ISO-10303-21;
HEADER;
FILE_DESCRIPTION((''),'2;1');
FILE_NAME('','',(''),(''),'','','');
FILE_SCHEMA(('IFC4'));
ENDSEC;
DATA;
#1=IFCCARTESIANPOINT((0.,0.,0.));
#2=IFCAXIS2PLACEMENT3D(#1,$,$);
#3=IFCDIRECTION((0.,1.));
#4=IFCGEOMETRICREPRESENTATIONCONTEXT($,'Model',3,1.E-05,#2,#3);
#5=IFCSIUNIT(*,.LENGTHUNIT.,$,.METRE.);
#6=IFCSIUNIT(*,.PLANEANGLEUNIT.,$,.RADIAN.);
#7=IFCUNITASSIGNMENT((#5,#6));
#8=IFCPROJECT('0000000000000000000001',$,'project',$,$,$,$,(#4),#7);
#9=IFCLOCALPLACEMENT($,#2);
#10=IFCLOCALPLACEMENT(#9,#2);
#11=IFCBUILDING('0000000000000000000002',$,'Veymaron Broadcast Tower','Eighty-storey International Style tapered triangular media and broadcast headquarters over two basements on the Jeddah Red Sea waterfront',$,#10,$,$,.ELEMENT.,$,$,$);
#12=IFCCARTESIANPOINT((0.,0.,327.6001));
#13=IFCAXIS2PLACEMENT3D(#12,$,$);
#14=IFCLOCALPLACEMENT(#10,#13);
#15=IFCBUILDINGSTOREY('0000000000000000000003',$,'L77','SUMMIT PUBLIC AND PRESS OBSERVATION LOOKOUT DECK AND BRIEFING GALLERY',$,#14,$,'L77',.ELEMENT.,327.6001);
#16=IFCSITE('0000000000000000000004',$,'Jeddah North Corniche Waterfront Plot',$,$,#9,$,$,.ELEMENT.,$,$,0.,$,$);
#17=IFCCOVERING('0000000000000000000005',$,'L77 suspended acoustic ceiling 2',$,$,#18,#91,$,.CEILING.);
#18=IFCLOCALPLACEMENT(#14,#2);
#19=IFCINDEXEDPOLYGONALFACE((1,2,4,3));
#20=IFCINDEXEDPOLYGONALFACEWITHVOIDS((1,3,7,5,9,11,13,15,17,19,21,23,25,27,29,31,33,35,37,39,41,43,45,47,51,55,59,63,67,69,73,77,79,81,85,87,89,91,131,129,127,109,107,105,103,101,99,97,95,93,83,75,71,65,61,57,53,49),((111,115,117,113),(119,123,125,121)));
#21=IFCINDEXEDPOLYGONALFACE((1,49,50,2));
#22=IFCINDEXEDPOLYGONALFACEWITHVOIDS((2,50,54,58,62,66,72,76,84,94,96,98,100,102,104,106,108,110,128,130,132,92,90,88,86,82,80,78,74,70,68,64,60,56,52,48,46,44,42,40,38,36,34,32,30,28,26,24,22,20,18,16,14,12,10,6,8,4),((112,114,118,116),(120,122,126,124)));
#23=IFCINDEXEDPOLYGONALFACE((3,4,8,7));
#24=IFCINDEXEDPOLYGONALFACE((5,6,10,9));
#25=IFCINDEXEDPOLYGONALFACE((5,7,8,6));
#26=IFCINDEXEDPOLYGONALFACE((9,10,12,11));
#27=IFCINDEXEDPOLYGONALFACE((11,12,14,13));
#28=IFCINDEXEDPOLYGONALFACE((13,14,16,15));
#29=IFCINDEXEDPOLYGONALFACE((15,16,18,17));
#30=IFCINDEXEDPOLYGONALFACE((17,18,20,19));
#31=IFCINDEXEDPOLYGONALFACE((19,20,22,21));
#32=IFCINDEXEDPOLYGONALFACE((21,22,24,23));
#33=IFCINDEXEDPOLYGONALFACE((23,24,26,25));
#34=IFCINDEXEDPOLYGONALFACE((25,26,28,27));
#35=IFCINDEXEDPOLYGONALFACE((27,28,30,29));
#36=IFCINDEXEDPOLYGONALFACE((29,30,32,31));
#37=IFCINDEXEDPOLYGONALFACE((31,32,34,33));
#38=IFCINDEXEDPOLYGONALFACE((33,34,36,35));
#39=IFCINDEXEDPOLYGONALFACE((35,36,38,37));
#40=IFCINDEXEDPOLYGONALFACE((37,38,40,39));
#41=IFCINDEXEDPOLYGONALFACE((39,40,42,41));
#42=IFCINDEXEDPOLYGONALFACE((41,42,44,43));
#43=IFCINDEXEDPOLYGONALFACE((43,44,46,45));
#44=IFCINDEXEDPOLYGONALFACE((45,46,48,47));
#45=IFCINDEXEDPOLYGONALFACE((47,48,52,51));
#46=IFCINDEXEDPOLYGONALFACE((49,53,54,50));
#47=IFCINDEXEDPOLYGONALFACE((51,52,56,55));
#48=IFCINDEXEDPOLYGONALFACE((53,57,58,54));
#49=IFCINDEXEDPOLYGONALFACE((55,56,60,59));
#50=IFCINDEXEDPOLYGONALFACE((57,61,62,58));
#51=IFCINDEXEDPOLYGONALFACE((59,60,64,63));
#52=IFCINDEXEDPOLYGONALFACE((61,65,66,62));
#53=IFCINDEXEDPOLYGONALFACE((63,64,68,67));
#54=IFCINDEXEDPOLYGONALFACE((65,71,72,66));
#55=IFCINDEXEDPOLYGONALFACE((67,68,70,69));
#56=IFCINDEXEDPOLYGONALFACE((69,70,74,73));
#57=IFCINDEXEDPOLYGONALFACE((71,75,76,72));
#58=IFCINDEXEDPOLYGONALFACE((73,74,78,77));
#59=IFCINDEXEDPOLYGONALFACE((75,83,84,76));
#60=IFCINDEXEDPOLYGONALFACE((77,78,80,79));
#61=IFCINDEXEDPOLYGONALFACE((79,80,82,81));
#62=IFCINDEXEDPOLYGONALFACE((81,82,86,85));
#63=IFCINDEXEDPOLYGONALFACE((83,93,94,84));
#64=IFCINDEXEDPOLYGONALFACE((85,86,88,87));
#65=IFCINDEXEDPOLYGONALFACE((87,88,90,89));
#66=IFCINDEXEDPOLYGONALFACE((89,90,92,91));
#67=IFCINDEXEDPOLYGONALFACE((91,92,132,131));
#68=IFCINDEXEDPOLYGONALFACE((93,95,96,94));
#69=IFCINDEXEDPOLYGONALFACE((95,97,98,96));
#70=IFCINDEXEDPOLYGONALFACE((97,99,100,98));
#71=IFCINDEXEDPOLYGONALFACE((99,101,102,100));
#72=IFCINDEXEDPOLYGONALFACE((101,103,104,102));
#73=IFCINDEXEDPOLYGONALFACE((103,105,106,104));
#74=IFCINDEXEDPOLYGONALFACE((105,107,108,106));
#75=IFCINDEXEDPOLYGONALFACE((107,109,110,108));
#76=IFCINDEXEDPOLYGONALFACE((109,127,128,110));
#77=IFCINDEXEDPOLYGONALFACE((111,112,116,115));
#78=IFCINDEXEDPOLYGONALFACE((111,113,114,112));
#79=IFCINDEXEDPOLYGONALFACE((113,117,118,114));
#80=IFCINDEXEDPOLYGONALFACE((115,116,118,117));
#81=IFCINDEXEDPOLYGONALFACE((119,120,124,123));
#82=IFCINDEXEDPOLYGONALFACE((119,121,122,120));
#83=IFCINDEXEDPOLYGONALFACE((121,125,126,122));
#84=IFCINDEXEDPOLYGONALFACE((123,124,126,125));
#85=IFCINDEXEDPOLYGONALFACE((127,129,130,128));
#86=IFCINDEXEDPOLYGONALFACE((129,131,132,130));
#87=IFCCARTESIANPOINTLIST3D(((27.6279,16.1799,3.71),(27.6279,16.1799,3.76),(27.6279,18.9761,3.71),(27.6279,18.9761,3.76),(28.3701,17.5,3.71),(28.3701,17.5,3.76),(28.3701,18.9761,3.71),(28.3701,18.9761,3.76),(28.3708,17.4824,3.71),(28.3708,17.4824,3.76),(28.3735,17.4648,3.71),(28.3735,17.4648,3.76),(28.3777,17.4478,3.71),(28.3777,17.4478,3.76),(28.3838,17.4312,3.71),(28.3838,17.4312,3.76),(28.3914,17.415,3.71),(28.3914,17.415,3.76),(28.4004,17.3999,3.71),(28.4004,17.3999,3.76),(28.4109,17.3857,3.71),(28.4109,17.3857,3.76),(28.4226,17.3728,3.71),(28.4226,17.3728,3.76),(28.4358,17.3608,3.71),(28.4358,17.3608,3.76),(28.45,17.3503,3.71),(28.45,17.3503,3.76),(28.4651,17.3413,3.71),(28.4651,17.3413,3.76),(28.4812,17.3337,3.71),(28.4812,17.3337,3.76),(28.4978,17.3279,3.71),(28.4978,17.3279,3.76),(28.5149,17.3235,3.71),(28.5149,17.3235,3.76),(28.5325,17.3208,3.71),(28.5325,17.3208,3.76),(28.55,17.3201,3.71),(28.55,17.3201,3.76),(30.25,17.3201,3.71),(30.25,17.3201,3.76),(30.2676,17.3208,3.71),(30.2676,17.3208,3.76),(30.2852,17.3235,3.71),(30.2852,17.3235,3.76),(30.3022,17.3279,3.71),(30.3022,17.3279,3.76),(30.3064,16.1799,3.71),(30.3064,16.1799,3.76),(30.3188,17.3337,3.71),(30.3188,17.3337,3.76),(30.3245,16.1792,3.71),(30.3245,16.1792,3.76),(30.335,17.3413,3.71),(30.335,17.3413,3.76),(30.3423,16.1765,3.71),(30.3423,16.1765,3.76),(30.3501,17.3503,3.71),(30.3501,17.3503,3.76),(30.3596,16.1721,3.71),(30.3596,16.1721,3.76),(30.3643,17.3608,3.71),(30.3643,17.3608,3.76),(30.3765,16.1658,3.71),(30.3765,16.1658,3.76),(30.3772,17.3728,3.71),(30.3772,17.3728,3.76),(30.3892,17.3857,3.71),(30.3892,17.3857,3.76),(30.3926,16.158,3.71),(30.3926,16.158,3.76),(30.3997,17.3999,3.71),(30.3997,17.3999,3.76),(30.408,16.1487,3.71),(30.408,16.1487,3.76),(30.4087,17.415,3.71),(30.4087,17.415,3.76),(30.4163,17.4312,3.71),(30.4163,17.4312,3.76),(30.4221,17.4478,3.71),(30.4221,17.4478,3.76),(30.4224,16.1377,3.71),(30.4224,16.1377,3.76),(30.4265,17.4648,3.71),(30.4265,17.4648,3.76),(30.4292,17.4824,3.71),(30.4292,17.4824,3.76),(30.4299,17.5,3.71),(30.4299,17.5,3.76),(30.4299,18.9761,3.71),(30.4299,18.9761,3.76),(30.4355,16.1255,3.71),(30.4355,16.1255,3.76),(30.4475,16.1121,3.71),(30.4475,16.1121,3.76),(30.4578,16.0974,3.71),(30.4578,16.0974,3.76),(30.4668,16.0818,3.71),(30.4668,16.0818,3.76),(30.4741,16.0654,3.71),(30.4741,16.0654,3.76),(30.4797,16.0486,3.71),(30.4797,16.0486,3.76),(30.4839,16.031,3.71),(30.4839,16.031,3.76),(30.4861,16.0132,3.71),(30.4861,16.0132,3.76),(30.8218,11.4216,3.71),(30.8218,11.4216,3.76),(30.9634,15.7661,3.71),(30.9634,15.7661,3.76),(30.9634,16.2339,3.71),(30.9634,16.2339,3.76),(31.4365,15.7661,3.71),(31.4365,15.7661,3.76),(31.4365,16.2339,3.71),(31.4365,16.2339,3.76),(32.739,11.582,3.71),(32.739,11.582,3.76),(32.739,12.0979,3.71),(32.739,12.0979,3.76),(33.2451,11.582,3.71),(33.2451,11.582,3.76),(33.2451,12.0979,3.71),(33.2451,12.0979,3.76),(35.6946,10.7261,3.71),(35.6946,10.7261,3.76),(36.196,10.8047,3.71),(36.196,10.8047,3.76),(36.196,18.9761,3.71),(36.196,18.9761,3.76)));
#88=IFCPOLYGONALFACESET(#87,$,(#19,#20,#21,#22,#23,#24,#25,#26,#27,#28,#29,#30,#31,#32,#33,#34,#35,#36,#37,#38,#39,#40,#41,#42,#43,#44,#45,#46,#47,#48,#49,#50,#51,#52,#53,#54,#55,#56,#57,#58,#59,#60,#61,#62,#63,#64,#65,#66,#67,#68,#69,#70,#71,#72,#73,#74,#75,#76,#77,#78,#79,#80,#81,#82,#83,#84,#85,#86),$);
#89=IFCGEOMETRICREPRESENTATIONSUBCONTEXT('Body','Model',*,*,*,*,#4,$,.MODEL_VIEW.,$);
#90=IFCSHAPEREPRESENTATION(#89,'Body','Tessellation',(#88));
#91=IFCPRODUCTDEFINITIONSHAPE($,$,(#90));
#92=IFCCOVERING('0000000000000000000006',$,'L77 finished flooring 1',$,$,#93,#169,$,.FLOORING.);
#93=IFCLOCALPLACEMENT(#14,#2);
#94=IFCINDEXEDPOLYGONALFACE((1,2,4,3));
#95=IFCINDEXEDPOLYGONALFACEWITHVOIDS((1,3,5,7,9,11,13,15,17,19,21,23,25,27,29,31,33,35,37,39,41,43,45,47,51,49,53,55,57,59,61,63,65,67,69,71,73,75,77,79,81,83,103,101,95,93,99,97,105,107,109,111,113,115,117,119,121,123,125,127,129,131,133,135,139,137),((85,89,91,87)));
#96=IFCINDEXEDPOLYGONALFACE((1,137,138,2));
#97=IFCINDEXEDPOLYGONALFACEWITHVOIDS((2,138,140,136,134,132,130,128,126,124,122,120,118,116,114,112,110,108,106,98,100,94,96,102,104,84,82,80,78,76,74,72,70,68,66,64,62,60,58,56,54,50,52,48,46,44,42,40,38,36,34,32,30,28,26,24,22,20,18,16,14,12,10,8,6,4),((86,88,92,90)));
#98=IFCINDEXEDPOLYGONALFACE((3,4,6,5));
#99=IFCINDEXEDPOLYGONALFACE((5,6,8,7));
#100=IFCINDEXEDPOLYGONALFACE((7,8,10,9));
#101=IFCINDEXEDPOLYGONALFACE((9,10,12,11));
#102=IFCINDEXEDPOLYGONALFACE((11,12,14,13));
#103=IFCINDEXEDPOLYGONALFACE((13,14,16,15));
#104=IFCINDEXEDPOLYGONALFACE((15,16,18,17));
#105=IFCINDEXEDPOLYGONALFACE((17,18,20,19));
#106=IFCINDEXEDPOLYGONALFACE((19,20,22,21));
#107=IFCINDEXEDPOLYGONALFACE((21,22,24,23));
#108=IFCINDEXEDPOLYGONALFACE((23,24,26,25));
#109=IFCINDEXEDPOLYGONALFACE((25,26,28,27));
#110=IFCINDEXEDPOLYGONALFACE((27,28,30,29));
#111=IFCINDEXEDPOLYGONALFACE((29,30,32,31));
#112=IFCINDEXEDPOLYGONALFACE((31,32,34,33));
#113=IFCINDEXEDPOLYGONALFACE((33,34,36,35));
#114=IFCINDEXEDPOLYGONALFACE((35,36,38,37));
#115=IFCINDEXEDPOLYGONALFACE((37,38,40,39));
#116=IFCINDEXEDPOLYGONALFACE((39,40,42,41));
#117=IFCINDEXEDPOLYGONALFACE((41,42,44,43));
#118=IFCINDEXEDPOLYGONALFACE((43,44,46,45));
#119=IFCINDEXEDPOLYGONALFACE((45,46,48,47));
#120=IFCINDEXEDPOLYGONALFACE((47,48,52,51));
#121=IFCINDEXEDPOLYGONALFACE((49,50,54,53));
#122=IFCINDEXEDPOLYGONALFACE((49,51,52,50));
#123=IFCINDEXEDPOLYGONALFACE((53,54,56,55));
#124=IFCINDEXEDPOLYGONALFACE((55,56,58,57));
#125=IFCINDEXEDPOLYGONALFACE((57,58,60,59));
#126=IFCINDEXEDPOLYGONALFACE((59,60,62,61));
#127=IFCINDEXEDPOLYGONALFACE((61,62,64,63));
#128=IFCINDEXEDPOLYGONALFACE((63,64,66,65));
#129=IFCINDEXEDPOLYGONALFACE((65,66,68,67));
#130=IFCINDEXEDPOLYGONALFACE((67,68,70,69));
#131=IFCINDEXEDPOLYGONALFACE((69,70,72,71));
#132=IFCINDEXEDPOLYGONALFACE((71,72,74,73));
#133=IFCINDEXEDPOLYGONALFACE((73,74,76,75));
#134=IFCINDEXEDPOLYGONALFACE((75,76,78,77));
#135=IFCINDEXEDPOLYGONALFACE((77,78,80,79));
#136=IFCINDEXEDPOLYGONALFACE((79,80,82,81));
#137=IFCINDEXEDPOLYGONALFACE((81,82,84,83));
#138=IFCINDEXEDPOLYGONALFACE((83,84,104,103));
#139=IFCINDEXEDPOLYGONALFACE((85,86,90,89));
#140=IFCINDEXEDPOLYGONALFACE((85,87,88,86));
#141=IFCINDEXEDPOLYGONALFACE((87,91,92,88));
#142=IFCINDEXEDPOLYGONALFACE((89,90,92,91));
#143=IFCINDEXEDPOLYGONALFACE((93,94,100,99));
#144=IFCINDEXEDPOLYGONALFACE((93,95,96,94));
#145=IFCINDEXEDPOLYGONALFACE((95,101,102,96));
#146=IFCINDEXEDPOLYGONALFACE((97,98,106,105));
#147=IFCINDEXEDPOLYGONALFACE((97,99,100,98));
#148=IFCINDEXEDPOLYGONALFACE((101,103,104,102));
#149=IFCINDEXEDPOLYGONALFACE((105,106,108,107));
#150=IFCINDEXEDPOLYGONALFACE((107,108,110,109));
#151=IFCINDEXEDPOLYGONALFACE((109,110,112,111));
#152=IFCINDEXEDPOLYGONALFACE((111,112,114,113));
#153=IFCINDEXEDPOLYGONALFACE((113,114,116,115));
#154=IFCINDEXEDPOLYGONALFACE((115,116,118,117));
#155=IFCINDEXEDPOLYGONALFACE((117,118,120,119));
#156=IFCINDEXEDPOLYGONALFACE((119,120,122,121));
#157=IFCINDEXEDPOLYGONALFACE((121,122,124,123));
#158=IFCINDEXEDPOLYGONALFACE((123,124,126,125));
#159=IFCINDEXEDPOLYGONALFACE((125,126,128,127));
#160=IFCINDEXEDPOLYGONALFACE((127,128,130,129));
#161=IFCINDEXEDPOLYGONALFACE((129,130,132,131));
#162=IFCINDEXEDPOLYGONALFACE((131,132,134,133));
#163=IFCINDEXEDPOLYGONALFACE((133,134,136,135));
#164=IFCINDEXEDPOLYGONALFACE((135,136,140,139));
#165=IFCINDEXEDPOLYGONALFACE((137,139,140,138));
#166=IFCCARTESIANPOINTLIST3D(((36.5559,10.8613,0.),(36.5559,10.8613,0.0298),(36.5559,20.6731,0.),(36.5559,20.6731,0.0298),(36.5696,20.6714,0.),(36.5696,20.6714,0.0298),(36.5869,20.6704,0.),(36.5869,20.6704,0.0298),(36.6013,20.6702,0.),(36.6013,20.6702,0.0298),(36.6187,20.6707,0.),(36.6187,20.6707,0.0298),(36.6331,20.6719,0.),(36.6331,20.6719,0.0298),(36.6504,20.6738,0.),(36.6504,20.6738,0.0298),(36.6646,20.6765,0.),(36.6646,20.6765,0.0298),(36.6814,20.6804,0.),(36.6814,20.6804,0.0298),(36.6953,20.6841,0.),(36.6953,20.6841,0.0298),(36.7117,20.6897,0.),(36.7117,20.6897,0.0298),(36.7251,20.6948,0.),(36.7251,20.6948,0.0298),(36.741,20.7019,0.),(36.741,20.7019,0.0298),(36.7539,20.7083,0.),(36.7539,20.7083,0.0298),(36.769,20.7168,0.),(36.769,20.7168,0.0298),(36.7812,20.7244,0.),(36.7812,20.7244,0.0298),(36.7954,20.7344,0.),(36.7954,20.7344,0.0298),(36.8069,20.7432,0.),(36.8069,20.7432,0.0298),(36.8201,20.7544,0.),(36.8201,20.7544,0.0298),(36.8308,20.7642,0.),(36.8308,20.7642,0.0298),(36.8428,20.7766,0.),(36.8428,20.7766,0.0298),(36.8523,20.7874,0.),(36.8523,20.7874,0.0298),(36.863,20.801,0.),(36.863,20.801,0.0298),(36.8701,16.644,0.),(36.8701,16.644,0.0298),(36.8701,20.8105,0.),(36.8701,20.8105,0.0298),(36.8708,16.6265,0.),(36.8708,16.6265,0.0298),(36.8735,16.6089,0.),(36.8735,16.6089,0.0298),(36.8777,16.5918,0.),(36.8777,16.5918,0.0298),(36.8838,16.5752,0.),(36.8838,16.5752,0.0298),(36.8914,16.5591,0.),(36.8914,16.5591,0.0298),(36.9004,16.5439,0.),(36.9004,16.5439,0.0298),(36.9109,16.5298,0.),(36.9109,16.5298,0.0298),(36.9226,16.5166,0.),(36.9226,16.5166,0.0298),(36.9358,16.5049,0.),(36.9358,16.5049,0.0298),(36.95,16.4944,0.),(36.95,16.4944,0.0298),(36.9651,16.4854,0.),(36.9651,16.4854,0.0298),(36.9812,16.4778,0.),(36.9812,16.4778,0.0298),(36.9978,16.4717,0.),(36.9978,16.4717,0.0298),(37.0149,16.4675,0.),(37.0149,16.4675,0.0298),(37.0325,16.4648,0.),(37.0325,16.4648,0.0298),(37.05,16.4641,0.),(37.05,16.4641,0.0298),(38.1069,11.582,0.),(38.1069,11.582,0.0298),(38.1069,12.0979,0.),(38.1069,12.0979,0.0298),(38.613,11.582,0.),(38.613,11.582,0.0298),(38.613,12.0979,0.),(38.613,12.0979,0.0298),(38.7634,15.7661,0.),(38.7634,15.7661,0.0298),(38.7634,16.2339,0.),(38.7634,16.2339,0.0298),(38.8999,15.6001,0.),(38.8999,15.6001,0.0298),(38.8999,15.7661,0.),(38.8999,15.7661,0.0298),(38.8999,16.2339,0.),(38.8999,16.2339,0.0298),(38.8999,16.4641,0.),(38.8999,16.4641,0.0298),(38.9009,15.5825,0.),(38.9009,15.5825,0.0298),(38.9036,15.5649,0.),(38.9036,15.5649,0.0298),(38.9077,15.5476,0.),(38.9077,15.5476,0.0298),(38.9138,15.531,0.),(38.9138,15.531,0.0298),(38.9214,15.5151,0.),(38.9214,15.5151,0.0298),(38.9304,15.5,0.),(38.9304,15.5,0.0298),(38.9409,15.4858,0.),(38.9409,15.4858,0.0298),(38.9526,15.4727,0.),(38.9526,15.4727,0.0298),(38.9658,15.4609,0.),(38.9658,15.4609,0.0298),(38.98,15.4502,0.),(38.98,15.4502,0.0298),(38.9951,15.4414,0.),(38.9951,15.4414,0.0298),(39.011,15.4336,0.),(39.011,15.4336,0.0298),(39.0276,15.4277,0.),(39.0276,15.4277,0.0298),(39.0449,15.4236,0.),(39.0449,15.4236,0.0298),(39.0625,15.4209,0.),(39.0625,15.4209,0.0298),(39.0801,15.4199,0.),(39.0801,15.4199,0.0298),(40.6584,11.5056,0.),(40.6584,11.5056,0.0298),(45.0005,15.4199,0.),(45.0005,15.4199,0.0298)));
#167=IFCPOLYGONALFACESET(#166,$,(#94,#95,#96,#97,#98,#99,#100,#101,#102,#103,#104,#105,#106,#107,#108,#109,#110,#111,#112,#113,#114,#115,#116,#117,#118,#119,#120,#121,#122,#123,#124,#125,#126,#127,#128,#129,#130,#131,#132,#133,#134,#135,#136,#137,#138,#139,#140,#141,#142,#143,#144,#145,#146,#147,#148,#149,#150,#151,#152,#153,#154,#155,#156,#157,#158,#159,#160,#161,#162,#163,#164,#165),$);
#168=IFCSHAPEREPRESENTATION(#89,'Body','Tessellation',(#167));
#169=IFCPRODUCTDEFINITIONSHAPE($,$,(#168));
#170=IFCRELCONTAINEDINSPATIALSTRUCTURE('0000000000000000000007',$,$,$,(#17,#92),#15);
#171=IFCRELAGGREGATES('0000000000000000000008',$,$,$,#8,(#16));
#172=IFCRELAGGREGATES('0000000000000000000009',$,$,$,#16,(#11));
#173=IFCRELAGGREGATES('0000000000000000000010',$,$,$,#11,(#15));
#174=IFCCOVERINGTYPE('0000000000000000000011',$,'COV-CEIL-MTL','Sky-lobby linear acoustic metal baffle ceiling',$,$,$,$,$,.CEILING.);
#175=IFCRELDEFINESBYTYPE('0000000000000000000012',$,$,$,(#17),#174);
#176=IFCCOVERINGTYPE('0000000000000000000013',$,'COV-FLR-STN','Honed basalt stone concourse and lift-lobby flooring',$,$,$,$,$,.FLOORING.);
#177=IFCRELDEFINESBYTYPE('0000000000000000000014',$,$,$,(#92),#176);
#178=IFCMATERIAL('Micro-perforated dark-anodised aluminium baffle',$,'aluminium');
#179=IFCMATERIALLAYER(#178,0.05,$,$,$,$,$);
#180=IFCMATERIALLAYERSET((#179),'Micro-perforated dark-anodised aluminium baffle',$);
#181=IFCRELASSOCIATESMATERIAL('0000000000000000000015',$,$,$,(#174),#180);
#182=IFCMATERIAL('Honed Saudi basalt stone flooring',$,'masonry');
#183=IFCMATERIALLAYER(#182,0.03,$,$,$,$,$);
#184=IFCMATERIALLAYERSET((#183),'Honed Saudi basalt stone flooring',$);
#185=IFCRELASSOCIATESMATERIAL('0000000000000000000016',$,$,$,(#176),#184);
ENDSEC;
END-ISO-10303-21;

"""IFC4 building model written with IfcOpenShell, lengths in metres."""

from ifc_helpers import new_model, si_unit, direction, frame, origin, place, context, subcontext, project, spatial, polyline, outline, extrude, material, layer, layer_set, type_object, element, save


model = new_model("IFC4")

# Units and contexts
model_context = context("Model", 3, precision=1e-05, world=origin(), true_north=direction((0.0, 1.0)))
body_context = subcontext(model_context, "Body", "Model", "MODEL_VIEW")
ifc_project = project(units=[si_unit("LENGTHUNIT", "METRE"), si_unit("PLANEANGLEUNIT", "RADIAN")], contexts=[model_context])

# Site, building, storey
site_placement = place(None, origin())
site = spatial("IfcSite", under=ifc_project, at=site_placement, Name="Jeddah North Corniche Waterfront Plot", CompositionType="ELEMENT", RefElevation=0.0)
building_placement = place(site_placement, origin())
building = spatial("IfcBuilding", under=site, at=building_placement, Name="Veymaron Broadcast Tower", Description="Eighty-storey International Style tapered triangular media and broadcast headquarters over two basements on the Jeddah Red Sea waterfront", CompositionType="ELEMENT")
storey_placement = place(building_placement, frame((0.0, 0.0, 327.6001)))
storey = spatial("IfcBuildingStorey", under=building, at=storey_placement, Name="L77", Description="SUMMIT PUBLIC AND PRESS OBSERVATION LOOKOUT DECK AND BRIEFING GALLERY", LongName="L77", CompositionType="ELEMENT", Elevation=327.6001)

# Coverings
ifc_material_1 = material(Name="Micro-perforated dark-anodised aluminium baffle", Category="aluminium")
ifc_layer_1 = layer(ifc_material_1, 0.05)
ifc_layer_set_1 = layer_set([ifc_layer_1], Name="Micro-perforated dark-anodised aluminium baffle")
covering_type_1 = type_object("IfcCoveringType", Name="COV-CEIL-MTL", Description="Sky-lobby linear acoustic metal baffle ceiling", PredefinedType="CEILING", material=ifc_layer_set_1)
covering_1_placement = place(storey_placement, frame((0.0, 0.0, 3.71)))
element("IfcCovering", 1, at=covering_1_placement, inside=storey, type_object=covering_type_1, Name="L77 suspended acoustic ceiling 2", PredefinedType="CEILING", context=body_context, shape_type="SweptSolid", body=[
    extrude(outline(polyline([(30.3423, 16.1765), (30.3245, 16.1792), (30.3064, 16.1799), (27.6279, 16.1799), (27.6279, 18.9761), (28.3701, 18.9761), (28.3701, 17.5), (28.3708, 17.4824), (28.3735, 17.4648), (28.3777, 17.4478), (28.3838, 17.4312), (28.3914, 17.415), (28.4004, 17.3999), (28.4109, 17.3857), (28.4226, 17.3728), (28.4358, 17.3608), (28.45, 17.3503), (28.4651, 17.3413), (28.4812, 17.3337), (28.4978, 17.3279), (28.5149, 17.3235), (28.5325, 17.3208), (28.55, 17.3201), (30.25, 17.3201), (30.2676, 17.3208), (30.2852, 17.3235), (30.3022, 17.3279), (30.3188, 17.3337), (30.335, 17.3413), (30.3501, 17.3503), (30.3643, 17.3608), (30.3772, 17.3728), (30.3892, 17.3857), (30.3997, 17.3999), (30.4087, 17.415), (30.4163, 17.4312), (30.4221, 17.4478), (30.4265, 17.4648), (30.4292, 17.4824), (30.4299, 17.5), (30.4299, 18.9761), (36.196, 18.9761), (36.196, 10.8047), (35.6946, 10.7261), (30.8218, 11.4216), (30.4861, 16.0132), (30.4839, 16.031), (30.4797, 16.0486), (30.4741, 16.0654), (30.4668, 16.0818), (30.4578, 16.0974), (30.4475, 16.1121), (30.4355, 16.1255), (30.4224, 16.1377), (30.408, 16.1487), (30.3926, 16.158), (30.3765, 16.1658), (30.3596, 16.1721), (30.3423, 16.1765)]), holes=[polyline([(32.739, 12.0979), (32.739, 11.582), (33.2451, 11.582), (33.2451, 12.0979), (32.739, 12.0979)]), polyline([(30.9634, 16.2339), (30.9634, 15.7661), (31.4365, 15.7661), (31.4365, 16.2339), (30.9634, 16.2339)])]), origin(), (0.0, 0.0, 1.0), 0.05),
])
ifc_material_2 = material(Name="Honed Saudi basalt stone flooring", Category="masonry")
ifc_layer_2 = layer(ifc_material_2, 0.03)
ifc_layer_set_2 = layer_set([ifc_layer_2], Name="Honed Saudi basalt stone flooring")
covering_type_2 = type_object("IfcCoveringType", Name="COV-FLR-STN", Description="Honed basalt stone concourse and lift-lobby flooring", PredefinedType="FLOORING", material=ifc_layer_set_2)
covering_2_placement = place(storey_placement, origin())
element("IfcCovering", 2, at=covering_2_placement, inside=storey, type_object=covering_type_2, Name="L77 finished flooring 1", PredefinedType="FLOORING", context=body_context, shape_type="SweptSolid", body=[
    extrude(outline(polyline([(36.7812, 20.7244), (36.7954, 20.7344), (36.8069, 20.7432), (36.8201, 20.7544), (36.8308, 20.7642), (36.8428, 20.7766), (36.8523, 20.7874), (36.863, 20.801), (36.8701, 20.8105), (36.8701, 16.644), (36.8708, 16.6265), (36.8735, 16.6089), (36.8777, 16.5918), (36.8838, 16.5752), (36.8914, 16.5591), (36.9004, 16.5439), (36.9109, 16.5298), (36.9226, 16.5166), (36.9358, 16.5049), (36.95, 16.4944), (36.9651, 16.4854), (36.9812, 16.4778), (36.9978, 16.4717), (37.0149, 16.4675), (37.0325, 16.4648), (37.05, 16.4641), (38.8999, 16.4641), (38.8999, 16.2339), (38.7634, 16.2339), (38.7634, 15.7661), (38.8999, 15.7661), (38.8999, 15.6001), (38.9009, 15.5825), (38.9036, 15.5649), (38.9077, 15.5476), (38.9138, 15.531), (38.9214, 15.5151), (38.9304, 15.5), (38.9409, 15.4858), (38.9526, 15.4727), (38.9658, 15.4609), (38.98, 15.4502), (38.9951, 15.4414), (39.011, 15.4336), (39.0276, 15.4277), (39.0449, 15.4236), (39.0625, 15.4209), (39.0801, 15.4199), (45.0005, 15.4199), (40.6584, 11.5056), (36.5559, 10.8613), (36.5559, 20.6731), (36.5696, 20.6714), (36.5869, 20.6704), (36.6013, 20.6702), (36.6187, 20.6707), (36.6331, 20.6719), (36.6504, 20.6738), (36.6646, 20.6765), (36.6814, 20.6804), (36.6953, 20.6841), (36.7117, 20.6897), (36.7251, 20.6948), (36.741, 20.7019), (36.7539, 20.7083), (36.769, 20.7168), (36.7812, 20.7244)]), holes=[polyline([(38.613, 12.0979), (38.1069, 12.0979), (38.1069, 11.582), (38.613, 11.582), (38.613, 12.0979)])]), origin(), (0.0, 0.0, 1.0), 0.0298),
])

save(model, "model.ifc")
